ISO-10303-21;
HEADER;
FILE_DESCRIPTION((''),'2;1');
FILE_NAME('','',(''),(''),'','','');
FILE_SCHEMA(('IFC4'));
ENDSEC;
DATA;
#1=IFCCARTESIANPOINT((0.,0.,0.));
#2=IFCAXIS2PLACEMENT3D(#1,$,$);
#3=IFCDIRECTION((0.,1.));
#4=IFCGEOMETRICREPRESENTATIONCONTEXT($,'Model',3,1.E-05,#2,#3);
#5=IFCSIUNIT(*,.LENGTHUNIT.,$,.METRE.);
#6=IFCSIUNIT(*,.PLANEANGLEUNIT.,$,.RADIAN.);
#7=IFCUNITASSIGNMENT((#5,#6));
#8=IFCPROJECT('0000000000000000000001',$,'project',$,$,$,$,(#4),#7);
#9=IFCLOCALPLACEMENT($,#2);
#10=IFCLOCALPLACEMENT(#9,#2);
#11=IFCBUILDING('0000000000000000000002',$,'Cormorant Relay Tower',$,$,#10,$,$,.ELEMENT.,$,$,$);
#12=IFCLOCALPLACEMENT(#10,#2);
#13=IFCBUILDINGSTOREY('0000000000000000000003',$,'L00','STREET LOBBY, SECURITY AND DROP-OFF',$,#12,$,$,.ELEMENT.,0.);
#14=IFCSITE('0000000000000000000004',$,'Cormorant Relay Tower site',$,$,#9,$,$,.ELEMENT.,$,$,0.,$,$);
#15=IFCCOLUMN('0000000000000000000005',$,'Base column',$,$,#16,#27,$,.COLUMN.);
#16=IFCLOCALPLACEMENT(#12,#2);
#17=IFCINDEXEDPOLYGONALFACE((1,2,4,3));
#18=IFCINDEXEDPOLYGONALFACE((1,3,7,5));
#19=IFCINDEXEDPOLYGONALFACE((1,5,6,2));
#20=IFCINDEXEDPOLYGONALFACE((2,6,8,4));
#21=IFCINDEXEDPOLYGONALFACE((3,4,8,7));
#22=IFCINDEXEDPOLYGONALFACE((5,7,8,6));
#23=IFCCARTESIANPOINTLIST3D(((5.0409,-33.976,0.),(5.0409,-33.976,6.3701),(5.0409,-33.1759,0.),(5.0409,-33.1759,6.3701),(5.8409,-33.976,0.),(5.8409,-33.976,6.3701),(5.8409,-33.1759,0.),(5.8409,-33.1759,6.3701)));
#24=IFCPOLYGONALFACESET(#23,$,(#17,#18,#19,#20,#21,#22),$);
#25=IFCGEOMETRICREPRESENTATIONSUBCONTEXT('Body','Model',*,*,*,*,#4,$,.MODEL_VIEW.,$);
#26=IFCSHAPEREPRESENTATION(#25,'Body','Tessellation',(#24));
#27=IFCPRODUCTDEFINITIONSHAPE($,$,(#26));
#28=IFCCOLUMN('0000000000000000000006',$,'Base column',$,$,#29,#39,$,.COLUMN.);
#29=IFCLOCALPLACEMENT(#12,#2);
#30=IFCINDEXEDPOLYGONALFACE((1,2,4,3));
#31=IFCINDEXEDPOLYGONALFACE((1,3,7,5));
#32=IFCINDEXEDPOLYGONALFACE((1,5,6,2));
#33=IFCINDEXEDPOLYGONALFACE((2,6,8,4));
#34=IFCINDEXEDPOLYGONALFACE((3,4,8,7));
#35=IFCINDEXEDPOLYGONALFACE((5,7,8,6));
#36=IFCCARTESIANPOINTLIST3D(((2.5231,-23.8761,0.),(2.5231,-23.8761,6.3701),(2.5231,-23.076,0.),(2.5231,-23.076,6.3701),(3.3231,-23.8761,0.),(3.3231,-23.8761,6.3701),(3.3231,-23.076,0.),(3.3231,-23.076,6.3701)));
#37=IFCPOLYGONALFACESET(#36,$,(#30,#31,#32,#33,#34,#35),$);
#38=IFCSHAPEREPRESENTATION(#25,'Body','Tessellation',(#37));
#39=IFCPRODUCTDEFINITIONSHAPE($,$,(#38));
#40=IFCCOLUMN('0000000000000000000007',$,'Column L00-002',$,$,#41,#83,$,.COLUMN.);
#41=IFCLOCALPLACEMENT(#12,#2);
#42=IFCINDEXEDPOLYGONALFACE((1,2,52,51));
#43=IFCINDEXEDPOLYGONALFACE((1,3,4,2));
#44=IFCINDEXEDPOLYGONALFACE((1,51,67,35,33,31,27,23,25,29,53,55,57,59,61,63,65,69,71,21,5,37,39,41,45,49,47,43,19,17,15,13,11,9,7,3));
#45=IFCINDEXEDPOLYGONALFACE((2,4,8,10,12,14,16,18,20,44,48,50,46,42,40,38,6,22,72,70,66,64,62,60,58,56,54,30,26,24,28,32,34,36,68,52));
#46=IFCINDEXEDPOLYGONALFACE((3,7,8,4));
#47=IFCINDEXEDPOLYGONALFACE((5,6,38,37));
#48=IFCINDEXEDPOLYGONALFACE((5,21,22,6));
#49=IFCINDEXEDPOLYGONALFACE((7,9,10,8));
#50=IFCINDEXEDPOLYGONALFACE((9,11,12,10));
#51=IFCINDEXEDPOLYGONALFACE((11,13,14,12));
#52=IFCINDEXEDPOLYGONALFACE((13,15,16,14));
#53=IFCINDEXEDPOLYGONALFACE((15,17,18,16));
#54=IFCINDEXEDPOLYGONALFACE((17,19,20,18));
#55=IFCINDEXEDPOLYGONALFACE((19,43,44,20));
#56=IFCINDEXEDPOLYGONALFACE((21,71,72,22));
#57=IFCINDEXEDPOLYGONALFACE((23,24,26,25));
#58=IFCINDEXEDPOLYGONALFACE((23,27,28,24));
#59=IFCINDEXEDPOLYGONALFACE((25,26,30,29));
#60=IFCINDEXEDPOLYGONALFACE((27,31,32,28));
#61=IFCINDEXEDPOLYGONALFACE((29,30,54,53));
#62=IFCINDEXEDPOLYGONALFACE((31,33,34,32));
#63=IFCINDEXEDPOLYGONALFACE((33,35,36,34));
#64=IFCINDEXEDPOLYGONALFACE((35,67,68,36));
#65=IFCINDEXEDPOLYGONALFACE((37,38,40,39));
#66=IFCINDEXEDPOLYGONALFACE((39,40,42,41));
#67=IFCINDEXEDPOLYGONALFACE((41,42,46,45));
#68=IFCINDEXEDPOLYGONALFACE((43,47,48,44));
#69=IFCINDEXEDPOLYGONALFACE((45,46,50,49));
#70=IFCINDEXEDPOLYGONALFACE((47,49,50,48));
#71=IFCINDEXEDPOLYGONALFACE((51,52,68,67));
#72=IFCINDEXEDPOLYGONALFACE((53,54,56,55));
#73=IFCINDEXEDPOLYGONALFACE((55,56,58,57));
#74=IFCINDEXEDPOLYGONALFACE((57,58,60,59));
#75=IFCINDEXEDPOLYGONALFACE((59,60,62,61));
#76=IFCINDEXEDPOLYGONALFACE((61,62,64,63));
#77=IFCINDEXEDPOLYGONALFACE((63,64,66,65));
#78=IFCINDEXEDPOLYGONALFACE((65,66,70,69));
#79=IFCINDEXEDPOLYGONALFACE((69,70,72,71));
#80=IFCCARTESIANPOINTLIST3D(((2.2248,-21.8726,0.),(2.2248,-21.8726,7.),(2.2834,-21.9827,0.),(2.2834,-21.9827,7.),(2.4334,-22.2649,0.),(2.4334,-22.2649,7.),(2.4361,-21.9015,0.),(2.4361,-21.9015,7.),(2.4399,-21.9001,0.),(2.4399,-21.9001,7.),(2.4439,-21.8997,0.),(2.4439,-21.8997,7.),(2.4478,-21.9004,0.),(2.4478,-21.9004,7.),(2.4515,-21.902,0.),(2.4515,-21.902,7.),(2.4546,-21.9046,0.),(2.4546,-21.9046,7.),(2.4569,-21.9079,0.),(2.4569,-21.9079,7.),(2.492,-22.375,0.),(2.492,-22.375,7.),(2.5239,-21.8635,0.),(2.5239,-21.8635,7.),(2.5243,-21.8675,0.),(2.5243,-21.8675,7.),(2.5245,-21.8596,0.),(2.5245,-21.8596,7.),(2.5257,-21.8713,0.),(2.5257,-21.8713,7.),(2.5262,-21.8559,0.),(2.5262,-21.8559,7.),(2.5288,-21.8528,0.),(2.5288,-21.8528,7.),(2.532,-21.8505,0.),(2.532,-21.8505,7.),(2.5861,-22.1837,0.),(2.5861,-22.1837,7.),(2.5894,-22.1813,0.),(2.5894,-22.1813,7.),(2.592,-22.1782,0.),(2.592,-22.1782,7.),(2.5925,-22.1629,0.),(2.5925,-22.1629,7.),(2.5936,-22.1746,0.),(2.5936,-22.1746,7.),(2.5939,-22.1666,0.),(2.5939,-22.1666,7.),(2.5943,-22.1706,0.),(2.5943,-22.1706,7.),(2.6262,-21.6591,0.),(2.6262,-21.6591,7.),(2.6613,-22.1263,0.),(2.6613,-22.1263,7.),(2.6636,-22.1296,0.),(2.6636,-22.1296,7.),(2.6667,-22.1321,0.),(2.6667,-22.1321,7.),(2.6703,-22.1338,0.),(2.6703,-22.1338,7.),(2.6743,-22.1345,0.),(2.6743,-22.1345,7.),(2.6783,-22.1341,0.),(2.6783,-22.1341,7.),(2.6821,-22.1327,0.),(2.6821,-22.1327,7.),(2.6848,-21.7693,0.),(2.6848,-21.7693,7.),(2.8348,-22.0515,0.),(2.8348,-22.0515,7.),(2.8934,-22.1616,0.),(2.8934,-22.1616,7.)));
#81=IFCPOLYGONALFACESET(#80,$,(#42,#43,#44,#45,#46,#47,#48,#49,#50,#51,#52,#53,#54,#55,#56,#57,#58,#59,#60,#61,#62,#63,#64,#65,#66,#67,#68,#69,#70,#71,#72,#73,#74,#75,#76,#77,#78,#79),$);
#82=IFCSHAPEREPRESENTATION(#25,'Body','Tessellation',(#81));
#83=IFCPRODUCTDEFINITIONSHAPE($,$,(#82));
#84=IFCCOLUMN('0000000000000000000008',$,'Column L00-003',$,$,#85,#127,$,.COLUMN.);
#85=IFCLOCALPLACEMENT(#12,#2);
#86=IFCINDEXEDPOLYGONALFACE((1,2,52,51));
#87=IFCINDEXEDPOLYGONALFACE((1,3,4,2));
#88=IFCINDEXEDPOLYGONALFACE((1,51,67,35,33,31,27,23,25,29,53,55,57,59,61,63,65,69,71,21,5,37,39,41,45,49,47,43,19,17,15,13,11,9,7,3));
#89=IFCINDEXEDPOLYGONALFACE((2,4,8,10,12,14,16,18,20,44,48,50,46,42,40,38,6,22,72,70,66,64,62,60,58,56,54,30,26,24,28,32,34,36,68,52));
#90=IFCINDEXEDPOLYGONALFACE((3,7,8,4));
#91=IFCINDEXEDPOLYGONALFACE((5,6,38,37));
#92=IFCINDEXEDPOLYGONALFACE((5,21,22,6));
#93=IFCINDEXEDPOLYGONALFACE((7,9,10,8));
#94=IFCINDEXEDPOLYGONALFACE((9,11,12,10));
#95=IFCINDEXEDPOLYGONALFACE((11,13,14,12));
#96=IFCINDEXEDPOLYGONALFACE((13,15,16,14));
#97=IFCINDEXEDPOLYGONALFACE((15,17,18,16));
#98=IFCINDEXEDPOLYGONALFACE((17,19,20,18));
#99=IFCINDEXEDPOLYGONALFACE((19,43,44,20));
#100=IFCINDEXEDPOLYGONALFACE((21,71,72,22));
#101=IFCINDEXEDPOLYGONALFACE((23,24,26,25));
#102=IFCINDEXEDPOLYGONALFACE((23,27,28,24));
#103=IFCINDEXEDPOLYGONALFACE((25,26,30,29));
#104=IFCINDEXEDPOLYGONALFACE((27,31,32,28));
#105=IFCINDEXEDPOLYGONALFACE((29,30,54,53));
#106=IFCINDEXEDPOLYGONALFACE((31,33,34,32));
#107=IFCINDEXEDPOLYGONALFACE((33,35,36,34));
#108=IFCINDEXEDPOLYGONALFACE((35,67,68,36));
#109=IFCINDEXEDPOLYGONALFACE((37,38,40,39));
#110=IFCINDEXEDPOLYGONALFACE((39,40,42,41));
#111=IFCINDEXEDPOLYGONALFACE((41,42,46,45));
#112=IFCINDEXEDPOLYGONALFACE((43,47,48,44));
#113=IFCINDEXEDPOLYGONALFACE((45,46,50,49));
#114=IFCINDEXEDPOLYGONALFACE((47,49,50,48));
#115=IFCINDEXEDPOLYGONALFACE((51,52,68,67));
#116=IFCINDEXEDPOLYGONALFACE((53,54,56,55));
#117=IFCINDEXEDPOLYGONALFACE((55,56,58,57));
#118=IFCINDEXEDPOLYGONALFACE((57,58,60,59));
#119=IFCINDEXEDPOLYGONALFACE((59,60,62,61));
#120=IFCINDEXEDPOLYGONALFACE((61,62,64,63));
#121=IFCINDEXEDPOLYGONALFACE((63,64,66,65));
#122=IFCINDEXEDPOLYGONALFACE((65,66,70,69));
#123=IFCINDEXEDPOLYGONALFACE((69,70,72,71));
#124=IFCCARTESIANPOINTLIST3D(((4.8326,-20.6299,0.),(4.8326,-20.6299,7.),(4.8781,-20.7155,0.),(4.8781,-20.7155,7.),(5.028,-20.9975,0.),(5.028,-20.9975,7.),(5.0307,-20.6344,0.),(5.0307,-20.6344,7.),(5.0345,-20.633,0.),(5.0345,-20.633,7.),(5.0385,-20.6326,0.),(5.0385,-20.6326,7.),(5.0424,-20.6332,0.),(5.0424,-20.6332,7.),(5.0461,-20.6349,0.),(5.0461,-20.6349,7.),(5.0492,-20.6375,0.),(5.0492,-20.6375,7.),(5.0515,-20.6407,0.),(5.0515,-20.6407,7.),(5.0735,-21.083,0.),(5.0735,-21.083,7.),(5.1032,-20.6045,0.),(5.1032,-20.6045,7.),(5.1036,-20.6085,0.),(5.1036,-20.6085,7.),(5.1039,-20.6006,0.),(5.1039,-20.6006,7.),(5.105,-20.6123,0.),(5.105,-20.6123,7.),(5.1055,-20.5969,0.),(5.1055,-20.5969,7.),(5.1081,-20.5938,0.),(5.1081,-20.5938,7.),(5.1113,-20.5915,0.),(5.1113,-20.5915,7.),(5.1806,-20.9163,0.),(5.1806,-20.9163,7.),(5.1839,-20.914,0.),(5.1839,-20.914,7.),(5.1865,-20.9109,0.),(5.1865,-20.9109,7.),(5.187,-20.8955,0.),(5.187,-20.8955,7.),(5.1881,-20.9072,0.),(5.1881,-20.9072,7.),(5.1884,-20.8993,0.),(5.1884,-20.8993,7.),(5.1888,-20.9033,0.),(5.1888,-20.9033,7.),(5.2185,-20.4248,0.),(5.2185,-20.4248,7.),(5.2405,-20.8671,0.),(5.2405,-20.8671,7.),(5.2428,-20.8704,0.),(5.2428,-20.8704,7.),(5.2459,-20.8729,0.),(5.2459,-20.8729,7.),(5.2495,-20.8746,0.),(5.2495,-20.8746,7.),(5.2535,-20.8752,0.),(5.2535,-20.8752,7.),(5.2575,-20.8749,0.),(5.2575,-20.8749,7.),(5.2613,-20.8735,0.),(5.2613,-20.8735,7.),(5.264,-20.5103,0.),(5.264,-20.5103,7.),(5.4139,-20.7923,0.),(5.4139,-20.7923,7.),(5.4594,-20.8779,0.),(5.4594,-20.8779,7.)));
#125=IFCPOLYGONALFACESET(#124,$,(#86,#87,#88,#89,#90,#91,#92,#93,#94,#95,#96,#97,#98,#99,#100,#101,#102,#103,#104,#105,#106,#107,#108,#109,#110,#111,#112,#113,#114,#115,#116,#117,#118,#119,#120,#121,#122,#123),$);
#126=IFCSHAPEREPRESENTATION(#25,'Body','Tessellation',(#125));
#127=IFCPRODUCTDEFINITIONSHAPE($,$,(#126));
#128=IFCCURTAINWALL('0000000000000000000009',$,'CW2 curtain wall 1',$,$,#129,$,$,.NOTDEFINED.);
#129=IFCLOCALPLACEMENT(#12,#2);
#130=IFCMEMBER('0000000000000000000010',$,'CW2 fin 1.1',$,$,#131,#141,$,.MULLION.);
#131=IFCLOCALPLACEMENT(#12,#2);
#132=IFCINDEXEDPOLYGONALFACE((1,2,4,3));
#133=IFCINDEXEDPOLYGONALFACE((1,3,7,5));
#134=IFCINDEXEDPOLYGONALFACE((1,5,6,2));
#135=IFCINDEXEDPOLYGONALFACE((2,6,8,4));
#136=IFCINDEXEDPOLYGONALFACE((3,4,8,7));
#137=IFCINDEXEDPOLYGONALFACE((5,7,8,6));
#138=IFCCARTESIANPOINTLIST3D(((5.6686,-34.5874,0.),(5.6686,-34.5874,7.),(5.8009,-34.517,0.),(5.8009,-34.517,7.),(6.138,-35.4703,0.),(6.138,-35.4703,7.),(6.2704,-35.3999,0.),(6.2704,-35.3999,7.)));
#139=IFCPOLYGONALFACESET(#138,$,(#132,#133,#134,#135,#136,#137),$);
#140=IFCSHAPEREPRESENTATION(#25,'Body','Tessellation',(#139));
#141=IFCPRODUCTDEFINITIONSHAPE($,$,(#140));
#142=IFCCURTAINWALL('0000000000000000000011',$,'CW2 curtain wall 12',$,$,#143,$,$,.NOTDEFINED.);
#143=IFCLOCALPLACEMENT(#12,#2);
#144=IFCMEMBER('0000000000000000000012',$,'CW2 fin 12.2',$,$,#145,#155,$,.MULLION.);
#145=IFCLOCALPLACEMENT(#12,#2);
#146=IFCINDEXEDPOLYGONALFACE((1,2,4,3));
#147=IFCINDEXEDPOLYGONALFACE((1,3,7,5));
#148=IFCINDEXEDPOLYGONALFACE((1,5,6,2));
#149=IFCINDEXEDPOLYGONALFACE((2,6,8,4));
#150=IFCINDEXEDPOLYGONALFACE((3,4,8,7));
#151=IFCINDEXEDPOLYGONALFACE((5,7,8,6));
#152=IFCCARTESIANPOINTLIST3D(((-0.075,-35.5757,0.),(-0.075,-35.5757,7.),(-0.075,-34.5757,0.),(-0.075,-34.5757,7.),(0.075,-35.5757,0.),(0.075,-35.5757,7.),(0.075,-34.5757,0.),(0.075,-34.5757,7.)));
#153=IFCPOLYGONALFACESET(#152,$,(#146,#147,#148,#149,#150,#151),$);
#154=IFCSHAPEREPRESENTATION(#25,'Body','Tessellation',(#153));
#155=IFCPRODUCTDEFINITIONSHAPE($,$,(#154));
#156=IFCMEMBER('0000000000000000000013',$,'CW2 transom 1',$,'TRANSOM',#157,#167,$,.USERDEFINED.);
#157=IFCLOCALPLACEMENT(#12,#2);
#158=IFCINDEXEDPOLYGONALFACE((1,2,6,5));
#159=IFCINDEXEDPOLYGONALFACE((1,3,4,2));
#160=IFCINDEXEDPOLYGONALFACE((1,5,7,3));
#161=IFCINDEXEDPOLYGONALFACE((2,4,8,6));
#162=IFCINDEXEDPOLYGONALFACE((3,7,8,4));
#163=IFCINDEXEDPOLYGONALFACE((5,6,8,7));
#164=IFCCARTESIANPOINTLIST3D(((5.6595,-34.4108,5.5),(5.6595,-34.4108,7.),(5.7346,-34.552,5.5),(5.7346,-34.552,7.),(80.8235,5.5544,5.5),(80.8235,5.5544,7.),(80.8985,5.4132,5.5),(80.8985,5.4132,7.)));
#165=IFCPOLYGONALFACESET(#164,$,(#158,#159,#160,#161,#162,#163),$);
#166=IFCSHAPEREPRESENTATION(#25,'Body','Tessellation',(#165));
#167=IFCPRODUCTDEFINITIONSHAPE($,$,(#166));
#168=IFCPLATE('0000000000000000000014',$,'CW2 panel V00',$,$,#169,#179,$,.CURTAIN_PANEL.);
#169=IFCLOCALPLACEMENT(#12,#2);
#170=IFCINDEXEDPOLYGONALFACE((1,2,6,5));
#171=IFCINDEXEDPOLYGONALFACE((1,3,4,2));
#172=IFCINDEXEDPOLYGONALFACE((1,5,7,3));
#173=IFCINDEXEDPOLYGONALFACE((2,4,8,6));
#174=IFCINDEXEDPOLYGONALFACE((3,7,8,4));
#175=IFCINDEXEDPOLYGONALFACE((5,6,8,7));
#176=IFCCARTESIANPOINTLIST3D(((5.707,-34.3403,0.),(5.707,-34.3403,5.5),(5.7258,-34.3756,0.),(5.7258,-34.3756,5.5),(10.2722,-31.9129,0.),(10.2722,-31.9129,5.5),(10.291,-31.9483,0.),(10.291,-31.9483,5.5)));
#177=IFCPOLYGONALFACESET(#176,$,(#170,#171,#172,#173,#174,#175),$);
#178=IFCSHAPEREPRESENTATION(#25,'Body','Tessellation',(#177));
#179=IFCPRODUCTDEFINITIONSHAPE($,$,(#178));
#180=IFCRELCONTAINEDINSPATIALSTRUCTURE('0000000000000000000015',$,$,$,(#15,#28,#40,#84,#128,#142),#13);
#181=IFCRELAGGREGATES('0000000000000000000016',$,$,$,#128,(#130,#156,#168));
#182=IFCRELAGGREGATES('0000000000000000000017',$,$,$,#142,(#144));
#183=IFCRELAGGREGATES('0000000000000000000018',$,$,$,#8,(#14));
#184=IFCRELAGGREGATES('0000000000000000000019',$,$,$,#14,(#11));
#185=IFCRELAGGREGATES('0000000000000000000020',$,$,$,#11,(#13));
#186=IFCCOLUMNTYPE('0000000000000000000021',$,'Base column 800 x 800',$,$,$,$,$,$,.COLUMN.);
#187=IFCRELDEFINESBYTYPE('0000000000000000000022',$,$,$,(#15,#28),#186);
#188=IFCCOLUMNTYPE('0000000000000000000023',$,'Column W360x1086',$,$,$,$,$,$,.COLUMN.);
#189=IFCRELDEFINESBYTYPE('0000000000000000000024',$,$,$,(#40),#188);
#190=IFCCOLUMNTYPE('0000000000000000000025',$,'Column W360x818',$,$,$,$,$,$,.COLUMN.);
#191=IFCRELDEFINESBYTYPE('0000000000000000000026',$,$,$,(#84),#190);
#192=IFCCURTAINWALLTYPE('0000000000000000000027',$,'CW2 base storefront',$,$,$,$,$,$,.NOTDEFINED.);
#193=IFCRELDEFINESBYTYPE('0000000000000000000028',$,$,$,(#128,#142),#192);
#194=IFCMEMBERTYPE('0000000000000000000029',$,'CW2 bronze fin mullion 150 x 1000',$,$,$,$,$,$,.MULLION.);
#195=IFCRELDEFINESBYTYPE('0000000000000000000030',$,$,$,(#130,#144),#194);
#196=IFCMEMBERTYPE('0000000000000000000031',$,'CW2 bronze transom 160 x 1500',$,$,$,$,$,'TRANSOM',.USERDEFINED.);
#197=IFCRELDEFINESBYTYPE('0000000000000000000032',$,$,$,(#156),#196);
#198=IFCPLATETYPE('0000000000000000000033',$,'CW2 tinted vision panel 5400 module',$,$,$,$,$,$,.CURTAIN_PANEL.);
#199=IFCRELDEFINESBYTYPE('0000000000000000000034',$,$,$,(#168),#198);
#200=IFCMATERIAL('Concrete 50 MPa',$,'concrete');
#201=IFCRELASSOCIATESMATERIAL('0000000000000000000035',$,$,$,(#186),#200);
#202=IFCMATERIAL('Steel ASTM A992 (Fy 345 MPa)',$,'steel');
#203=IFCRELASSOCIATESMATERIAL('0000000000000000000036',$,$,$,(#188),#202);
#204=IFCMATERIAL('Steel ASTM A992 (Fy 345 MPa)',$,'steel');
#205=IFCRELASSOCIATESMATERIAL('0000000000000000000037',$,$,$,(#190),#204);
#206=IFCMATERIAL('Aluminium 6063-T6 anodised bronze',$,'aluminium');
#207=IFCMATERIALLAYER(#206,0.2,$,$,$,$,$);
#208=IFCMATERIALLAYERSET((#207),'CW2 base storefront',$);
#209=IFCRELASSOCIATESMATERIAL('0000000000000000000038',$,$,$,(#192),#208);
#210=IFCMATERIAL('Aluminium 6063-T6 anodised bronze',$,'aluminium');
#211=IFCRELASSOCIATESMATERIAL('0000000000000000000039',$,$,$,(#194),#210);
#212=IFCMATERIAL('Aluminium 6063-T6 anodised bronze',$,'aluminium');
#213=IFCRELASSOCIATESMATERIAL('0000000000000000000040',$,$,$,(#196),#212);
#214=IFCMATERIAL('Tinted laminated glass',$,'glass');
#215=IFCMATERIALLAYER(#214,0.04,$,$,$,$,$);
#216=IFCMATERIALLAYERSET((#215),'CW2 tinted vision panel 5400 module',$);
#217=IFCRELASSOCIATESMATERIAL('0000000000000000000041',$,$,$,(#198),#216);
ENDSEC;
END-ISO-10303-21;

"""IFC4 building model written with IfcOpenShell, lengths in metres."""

from ifc_helpers import new_model, si_unit, direction, frame, origin, origin_2d, place, context, subcontext, project, spatial, rectangle, i_section, extrude, material, layer, layer_set, material_profile, profile_set, type_object, element, aggregate, save


model = new_model("IFC4")

# Units and contexts
model_context = context("Model", 3, precision=1e-05, world=origin(), true_north=direction((0.0, 1.0)))
body_context = subcontext(model_context, "Body", "Model", "MODEL_VIEW")
ifc_project = project(units=[si_unit("LENGTHUNIT", "METRE"), si_unit("PLANEANGLEUNIT", "RADIAN")], contexts=[model_context])

# Site, building, storey
site_placement = place(None, origin())
site = spatial("IfcSite", under=ifc_project, at=site_placement, Name="Cormorant Relay Tower site", CompositionType="ELEMENT", RefElevation=0.0)
building_placement = place(site_placement, origin())
building = spatial("IfcBuilding", under=site, at=building_placement, Name="Cormorant Relay Tower", CompositionType="ELEMENT")
storey_placement = place(building_placement, origin())
storey = spatial("IfcBuildingStorey", under=building, at=storey_placement, Name="L00", Description="STREET LOBBY, SECURITY AND DROP-OFF", CompositionType="ELEMENT", Elevation=0.0)

# Columns
ifc_material_1 = material(Name="Concrete 50 MPa", Category="concrete")
ifc_material_profile_1 = material_profile(ifc_material_1, rectangle(XDim=0.8, YDim=0.8, at=origin_2d()), Name="RC 800x800")
ifc_profile_set_1 = profile_set([ifc_material_profile_1], Name="Concrete 50 MPa")
column_type_1 = type_object("IfcColumnType", Name="Base column 800 x 800", PredefinedType="COLUMN", material=ifc_profile_set_1)
for number, where, z_axis, x_axis, name in (
    (1, (5.4409, -33.5759, 0.0), (0.0, 0.0, 1.0), (1.0, 0.0, 0.0), "Base column"),
    (2, (2.9231, -23.4761, 0.0), (0.0, 0.0, 1.0), (1.0, 0.0, 0.0), "Base column"),
):
    element("IfcColumn", number, at=place(storey_placement, frame(where, z_axis=z_axis, x_axis=x_axis)), inside=storey, type_object=column_type_1, Name=name, PredefinedType="COLUMN", context=body_context, shape_type="SweptSolid", body=[
        extrude(rectangle(XDim=0.8, YDim=0.8, at=origin_2d()), origin(), (0.0, 0.0, 1.0), 6.3701),
    ])
ifc_material_2 = material(Name="Steel ASTM A992 (Fy 345 MPa)", Category="steel")
ifc_material_profile_2 = material_profile(ifc_material_2, i_section(OverallWidth=0.4546, OverallDepth=0.5691, WebThickness=0.0779, FlangeThickness=0.1248, FilletRadius=0.0154, at=origin_2d()), Name="W360x1086")
ifc_profile_set_2 = profile_set([ifc_material_profile_2], Name="Steel ASTM A992 (Fy 345 MPa)")
column_type_2 = type_object("IfcColumnType", Name="Column W360x1086", PredefinedType="COLUMN", material=ifc_profile_set_2)
column_1_placement = place(storey_placement, frame((2.5591, -22.0171, 0.0), z_axis=(0.0, 0.0, 1.0), x_axis=(0.882948, 0.469472, 0.0)))
element("IfcColumn", 3, at=column_1_placement, inside=storey, type_object=column_type_2, Name="Column L00-002", PredefinedType="COLUMN", context=body_context, shape_type="SweptSolid", body=[
    extrude(i_section(OverallWidth=0.4546, OverallDepth=0.5691, WebThickness=0.0779, FlangeThickness=0.1248, FilletRadius=0.0154, at=origin_2d()), origin(), (0.0, 0.0, 1.0), 7.0),
])
ifc_material_3 = material(Name="Steel ASTM A992 (Fy 345 MPa)", Category="steel")
ifc_material_profile_3 = material_profile(ifc_material_3, i_section(OverallWidth=0.437, OverallDepth=0.5132, WebThickness=0.0605, FlangeThickness=0.0969, FilletRadius=0.0154, at=origin_2d()), Name="W360x818")
ifc_profile_set_3 = profile_set([ifc_material_profile_3], Name="Steel ASTM A992 (Fy 345 MPa)")
column_type_3 = type_object("IfcColumnType", Name="Column W360x818", PredefinedType="COLUMN", material=ifc_profile_set_3)
column_2_placement = place(storey_placement, frame((5.146, -20.7539, 0.0), z_axis=(0.0, 0.0, 1.0), x_axis=(0.882948, 0.469472, 0.0)))
element("IfcColumn", 4, at=column_2_placement, inside=storey, type_object=column_type_3, Name="Column L00-003", PredefinedType="COLUMN", context=body_context, shape_type="SweptSolid", body=[
    extrude(i_section(OverallWidth=0.437, OverallDepth=0.5132, WebThickness=0.0605, FlangeThickness=0.0969, FilletRadius=0.0154, at=origin_2d()), origin(), (0.0, 0.0, 1.0), 7.0),
])

# Curtain walls, members
ifc_material_4 = material(Name="Aluminium 6063-T6 anodised bronze", Category="aluminium")
ifc_layer_1 = layer(ifc_material_4, 0.2)
ifc_layer_set_1 = layer_set([ifc_layer_1], Name="CW2 base storefront")
curtain_wall_type = type_object("IfcCurtainWallType", Name="CW2 base storefront", PredefinedType="NOTDEFINED", material=ifc_layer_set_1)
curtain_wall_1_placement = place(storey_placement, origin())
curtain_wall_1 = element("IfcCurtainWall", 5, at=curtain_wall_1_placement, inside=storey, type_object=curtain_wall_type, Name="CW2 curtain wall 1", PredefinedType="NOTDEFINED")
ifc_material_5 = material(Name="Aluminium 6063-T6 anodised bronze", Category="aluminium")
ifc_material_profile_4 = material_profile(ifc_material_5, rectangle(XDim=0.1499, YDim=1.0, at=origin_2d()), Name="AL 150x1000")
ifc_profile_set_4 = profile_set([ifc_material_profile_4], Name="Aluminium 6063-T6 anodised bronze")
member_type_1 = type_object("IfcMemberType", Name="CW2 bronze fin mullion 150 x 1000", PredefinedType="MULLION", material=ifc_profile_set_4)
member_1_placement = place(storey_placement, frame((5.9695, -34.9937, 0.0), z_axis=(0.0, 0.0, 1.0), x_axis=(0.882948, 0.469472, 0.0)))
member_1 = element("IfcMember", 6, at=member_1_placement, type_object=member_type_1, Name="CW2 fin 1.1", PredefinedType="MULLION", context=body_context, shape_type="SweptSolid", body=[
    extrude(rectangle(XDim=0.1499, YDim=1.0, at=origin_2d()), origin(), (0.0, 0.0, 1.0), 7.0),
])
curtain_wall_2_placement = place(storey_placement, origin())
curtain_wall_2 = element("IfcCurtainWall", 7, at=curtain_wall_2_placement, inside=storey, type_object=curtain_wall_type, Name="CW2 curtain wall 12", PredefinedType="NOTDEFINED")
member_2_placement = place(storey_placement, frame((0.0, -35.0757, 0.0), z_axis=(0.0, 0.0, 1.0), x_axis=(1.0, 0.0, 0.0)))
member_2 = element("IfcMember", 8, at=member_2_placement, type_object=member_type_1, Name="CW2 fin 12.2", PredefinedType="MULLION", context=body_context, shape_type="SweptSolid", body=[
    extrude(rectangle(XDim=0.1499, YDim=1.0, at=origin_2d()), origin(), (0.0, 0.0, 1.0), 7.0),
])

# Member
ifc_material_6 = material(Name="Aluminium 6063-T6 anodised bronze", Category="aluminium")
ifc_material_profile_5 = material_profile(ifc_material_6, rectangle(XDim=0.1599, YDim=1.5, at=origin_2d()), Name="AL 160x1500")
ifc_profile_set_5 = profile_set([ifc_material_profile_5], Name="Aluminium 6063-T6 anodised bronze")
member_type_2 = type_object("IfcMemberType", Name="CW2 bronze transom 160 x 1500", ElementType="TRANSOM", PredefinedType="USERDEFINED", material=ifc_profile_set_5)
member_3_placement = place(storey_placement, frame((5.697, -34.4814, 6.25), z_axis=(0.882948, 0.469471, 0.0), x_axis=(-0.469471, 0.882948, 0.0)))
member_3 = element("IfcMember", 9, at=member_3_placement, type_object=member_type_2, Name="CW2 transom 1", ObjectType="TRANSOM", PredefinedType="USERDEFINED", context=body_context, shape_type="SweptSolid", body=[
    extrude(rectangle(XDim=0.1599, YDim=1.5, at=origin_2d()), origin(), (0.0, 0.0, 1.0), 85.1284),
])

# Plate
ifc_material_7 = material(Name="Tinted laminated glass", Category="glass")
ifc_layer_2 = layer(ifc_material_7, 0.04)
ifc_layer_set_2 = layer_set([ifc_layer_2], Name="CW2 tinted vision panel 5400 module")
plate_type = type_object("IfcPlateType", Name="CW2 tinted vision panel 5400 module", PredefinedType="CURTAIN_PANEL", material=ifc_layer_set_2)
plate_1_placement = place(storey_placement, frame((7.999, -33.1443, 0.0), z_axis=(0.0, 0.0, 1.0), x_axis=(0.882948, 0.469472, 0.0)))
plate_1 = element("IfcPlate", 10, at=plate_1_placement, type_object=plate_type, Name="CW2 panel V00", PredefinedType="CURTAIN_PANEL", context=body_context, shape_type="SweptSolid", body=[
    extrude(rectangle(XDim=5.1704, YDim=0.04, at=origin_2d()), origin(), (0.0, 0.0, 1.0), 5.5),
])
aggregate(curtain_wall_1, [member_1, member_3, plate_1])
aggregate(curtain_wall_2, [member_2])

save(model, "model.ifc")
